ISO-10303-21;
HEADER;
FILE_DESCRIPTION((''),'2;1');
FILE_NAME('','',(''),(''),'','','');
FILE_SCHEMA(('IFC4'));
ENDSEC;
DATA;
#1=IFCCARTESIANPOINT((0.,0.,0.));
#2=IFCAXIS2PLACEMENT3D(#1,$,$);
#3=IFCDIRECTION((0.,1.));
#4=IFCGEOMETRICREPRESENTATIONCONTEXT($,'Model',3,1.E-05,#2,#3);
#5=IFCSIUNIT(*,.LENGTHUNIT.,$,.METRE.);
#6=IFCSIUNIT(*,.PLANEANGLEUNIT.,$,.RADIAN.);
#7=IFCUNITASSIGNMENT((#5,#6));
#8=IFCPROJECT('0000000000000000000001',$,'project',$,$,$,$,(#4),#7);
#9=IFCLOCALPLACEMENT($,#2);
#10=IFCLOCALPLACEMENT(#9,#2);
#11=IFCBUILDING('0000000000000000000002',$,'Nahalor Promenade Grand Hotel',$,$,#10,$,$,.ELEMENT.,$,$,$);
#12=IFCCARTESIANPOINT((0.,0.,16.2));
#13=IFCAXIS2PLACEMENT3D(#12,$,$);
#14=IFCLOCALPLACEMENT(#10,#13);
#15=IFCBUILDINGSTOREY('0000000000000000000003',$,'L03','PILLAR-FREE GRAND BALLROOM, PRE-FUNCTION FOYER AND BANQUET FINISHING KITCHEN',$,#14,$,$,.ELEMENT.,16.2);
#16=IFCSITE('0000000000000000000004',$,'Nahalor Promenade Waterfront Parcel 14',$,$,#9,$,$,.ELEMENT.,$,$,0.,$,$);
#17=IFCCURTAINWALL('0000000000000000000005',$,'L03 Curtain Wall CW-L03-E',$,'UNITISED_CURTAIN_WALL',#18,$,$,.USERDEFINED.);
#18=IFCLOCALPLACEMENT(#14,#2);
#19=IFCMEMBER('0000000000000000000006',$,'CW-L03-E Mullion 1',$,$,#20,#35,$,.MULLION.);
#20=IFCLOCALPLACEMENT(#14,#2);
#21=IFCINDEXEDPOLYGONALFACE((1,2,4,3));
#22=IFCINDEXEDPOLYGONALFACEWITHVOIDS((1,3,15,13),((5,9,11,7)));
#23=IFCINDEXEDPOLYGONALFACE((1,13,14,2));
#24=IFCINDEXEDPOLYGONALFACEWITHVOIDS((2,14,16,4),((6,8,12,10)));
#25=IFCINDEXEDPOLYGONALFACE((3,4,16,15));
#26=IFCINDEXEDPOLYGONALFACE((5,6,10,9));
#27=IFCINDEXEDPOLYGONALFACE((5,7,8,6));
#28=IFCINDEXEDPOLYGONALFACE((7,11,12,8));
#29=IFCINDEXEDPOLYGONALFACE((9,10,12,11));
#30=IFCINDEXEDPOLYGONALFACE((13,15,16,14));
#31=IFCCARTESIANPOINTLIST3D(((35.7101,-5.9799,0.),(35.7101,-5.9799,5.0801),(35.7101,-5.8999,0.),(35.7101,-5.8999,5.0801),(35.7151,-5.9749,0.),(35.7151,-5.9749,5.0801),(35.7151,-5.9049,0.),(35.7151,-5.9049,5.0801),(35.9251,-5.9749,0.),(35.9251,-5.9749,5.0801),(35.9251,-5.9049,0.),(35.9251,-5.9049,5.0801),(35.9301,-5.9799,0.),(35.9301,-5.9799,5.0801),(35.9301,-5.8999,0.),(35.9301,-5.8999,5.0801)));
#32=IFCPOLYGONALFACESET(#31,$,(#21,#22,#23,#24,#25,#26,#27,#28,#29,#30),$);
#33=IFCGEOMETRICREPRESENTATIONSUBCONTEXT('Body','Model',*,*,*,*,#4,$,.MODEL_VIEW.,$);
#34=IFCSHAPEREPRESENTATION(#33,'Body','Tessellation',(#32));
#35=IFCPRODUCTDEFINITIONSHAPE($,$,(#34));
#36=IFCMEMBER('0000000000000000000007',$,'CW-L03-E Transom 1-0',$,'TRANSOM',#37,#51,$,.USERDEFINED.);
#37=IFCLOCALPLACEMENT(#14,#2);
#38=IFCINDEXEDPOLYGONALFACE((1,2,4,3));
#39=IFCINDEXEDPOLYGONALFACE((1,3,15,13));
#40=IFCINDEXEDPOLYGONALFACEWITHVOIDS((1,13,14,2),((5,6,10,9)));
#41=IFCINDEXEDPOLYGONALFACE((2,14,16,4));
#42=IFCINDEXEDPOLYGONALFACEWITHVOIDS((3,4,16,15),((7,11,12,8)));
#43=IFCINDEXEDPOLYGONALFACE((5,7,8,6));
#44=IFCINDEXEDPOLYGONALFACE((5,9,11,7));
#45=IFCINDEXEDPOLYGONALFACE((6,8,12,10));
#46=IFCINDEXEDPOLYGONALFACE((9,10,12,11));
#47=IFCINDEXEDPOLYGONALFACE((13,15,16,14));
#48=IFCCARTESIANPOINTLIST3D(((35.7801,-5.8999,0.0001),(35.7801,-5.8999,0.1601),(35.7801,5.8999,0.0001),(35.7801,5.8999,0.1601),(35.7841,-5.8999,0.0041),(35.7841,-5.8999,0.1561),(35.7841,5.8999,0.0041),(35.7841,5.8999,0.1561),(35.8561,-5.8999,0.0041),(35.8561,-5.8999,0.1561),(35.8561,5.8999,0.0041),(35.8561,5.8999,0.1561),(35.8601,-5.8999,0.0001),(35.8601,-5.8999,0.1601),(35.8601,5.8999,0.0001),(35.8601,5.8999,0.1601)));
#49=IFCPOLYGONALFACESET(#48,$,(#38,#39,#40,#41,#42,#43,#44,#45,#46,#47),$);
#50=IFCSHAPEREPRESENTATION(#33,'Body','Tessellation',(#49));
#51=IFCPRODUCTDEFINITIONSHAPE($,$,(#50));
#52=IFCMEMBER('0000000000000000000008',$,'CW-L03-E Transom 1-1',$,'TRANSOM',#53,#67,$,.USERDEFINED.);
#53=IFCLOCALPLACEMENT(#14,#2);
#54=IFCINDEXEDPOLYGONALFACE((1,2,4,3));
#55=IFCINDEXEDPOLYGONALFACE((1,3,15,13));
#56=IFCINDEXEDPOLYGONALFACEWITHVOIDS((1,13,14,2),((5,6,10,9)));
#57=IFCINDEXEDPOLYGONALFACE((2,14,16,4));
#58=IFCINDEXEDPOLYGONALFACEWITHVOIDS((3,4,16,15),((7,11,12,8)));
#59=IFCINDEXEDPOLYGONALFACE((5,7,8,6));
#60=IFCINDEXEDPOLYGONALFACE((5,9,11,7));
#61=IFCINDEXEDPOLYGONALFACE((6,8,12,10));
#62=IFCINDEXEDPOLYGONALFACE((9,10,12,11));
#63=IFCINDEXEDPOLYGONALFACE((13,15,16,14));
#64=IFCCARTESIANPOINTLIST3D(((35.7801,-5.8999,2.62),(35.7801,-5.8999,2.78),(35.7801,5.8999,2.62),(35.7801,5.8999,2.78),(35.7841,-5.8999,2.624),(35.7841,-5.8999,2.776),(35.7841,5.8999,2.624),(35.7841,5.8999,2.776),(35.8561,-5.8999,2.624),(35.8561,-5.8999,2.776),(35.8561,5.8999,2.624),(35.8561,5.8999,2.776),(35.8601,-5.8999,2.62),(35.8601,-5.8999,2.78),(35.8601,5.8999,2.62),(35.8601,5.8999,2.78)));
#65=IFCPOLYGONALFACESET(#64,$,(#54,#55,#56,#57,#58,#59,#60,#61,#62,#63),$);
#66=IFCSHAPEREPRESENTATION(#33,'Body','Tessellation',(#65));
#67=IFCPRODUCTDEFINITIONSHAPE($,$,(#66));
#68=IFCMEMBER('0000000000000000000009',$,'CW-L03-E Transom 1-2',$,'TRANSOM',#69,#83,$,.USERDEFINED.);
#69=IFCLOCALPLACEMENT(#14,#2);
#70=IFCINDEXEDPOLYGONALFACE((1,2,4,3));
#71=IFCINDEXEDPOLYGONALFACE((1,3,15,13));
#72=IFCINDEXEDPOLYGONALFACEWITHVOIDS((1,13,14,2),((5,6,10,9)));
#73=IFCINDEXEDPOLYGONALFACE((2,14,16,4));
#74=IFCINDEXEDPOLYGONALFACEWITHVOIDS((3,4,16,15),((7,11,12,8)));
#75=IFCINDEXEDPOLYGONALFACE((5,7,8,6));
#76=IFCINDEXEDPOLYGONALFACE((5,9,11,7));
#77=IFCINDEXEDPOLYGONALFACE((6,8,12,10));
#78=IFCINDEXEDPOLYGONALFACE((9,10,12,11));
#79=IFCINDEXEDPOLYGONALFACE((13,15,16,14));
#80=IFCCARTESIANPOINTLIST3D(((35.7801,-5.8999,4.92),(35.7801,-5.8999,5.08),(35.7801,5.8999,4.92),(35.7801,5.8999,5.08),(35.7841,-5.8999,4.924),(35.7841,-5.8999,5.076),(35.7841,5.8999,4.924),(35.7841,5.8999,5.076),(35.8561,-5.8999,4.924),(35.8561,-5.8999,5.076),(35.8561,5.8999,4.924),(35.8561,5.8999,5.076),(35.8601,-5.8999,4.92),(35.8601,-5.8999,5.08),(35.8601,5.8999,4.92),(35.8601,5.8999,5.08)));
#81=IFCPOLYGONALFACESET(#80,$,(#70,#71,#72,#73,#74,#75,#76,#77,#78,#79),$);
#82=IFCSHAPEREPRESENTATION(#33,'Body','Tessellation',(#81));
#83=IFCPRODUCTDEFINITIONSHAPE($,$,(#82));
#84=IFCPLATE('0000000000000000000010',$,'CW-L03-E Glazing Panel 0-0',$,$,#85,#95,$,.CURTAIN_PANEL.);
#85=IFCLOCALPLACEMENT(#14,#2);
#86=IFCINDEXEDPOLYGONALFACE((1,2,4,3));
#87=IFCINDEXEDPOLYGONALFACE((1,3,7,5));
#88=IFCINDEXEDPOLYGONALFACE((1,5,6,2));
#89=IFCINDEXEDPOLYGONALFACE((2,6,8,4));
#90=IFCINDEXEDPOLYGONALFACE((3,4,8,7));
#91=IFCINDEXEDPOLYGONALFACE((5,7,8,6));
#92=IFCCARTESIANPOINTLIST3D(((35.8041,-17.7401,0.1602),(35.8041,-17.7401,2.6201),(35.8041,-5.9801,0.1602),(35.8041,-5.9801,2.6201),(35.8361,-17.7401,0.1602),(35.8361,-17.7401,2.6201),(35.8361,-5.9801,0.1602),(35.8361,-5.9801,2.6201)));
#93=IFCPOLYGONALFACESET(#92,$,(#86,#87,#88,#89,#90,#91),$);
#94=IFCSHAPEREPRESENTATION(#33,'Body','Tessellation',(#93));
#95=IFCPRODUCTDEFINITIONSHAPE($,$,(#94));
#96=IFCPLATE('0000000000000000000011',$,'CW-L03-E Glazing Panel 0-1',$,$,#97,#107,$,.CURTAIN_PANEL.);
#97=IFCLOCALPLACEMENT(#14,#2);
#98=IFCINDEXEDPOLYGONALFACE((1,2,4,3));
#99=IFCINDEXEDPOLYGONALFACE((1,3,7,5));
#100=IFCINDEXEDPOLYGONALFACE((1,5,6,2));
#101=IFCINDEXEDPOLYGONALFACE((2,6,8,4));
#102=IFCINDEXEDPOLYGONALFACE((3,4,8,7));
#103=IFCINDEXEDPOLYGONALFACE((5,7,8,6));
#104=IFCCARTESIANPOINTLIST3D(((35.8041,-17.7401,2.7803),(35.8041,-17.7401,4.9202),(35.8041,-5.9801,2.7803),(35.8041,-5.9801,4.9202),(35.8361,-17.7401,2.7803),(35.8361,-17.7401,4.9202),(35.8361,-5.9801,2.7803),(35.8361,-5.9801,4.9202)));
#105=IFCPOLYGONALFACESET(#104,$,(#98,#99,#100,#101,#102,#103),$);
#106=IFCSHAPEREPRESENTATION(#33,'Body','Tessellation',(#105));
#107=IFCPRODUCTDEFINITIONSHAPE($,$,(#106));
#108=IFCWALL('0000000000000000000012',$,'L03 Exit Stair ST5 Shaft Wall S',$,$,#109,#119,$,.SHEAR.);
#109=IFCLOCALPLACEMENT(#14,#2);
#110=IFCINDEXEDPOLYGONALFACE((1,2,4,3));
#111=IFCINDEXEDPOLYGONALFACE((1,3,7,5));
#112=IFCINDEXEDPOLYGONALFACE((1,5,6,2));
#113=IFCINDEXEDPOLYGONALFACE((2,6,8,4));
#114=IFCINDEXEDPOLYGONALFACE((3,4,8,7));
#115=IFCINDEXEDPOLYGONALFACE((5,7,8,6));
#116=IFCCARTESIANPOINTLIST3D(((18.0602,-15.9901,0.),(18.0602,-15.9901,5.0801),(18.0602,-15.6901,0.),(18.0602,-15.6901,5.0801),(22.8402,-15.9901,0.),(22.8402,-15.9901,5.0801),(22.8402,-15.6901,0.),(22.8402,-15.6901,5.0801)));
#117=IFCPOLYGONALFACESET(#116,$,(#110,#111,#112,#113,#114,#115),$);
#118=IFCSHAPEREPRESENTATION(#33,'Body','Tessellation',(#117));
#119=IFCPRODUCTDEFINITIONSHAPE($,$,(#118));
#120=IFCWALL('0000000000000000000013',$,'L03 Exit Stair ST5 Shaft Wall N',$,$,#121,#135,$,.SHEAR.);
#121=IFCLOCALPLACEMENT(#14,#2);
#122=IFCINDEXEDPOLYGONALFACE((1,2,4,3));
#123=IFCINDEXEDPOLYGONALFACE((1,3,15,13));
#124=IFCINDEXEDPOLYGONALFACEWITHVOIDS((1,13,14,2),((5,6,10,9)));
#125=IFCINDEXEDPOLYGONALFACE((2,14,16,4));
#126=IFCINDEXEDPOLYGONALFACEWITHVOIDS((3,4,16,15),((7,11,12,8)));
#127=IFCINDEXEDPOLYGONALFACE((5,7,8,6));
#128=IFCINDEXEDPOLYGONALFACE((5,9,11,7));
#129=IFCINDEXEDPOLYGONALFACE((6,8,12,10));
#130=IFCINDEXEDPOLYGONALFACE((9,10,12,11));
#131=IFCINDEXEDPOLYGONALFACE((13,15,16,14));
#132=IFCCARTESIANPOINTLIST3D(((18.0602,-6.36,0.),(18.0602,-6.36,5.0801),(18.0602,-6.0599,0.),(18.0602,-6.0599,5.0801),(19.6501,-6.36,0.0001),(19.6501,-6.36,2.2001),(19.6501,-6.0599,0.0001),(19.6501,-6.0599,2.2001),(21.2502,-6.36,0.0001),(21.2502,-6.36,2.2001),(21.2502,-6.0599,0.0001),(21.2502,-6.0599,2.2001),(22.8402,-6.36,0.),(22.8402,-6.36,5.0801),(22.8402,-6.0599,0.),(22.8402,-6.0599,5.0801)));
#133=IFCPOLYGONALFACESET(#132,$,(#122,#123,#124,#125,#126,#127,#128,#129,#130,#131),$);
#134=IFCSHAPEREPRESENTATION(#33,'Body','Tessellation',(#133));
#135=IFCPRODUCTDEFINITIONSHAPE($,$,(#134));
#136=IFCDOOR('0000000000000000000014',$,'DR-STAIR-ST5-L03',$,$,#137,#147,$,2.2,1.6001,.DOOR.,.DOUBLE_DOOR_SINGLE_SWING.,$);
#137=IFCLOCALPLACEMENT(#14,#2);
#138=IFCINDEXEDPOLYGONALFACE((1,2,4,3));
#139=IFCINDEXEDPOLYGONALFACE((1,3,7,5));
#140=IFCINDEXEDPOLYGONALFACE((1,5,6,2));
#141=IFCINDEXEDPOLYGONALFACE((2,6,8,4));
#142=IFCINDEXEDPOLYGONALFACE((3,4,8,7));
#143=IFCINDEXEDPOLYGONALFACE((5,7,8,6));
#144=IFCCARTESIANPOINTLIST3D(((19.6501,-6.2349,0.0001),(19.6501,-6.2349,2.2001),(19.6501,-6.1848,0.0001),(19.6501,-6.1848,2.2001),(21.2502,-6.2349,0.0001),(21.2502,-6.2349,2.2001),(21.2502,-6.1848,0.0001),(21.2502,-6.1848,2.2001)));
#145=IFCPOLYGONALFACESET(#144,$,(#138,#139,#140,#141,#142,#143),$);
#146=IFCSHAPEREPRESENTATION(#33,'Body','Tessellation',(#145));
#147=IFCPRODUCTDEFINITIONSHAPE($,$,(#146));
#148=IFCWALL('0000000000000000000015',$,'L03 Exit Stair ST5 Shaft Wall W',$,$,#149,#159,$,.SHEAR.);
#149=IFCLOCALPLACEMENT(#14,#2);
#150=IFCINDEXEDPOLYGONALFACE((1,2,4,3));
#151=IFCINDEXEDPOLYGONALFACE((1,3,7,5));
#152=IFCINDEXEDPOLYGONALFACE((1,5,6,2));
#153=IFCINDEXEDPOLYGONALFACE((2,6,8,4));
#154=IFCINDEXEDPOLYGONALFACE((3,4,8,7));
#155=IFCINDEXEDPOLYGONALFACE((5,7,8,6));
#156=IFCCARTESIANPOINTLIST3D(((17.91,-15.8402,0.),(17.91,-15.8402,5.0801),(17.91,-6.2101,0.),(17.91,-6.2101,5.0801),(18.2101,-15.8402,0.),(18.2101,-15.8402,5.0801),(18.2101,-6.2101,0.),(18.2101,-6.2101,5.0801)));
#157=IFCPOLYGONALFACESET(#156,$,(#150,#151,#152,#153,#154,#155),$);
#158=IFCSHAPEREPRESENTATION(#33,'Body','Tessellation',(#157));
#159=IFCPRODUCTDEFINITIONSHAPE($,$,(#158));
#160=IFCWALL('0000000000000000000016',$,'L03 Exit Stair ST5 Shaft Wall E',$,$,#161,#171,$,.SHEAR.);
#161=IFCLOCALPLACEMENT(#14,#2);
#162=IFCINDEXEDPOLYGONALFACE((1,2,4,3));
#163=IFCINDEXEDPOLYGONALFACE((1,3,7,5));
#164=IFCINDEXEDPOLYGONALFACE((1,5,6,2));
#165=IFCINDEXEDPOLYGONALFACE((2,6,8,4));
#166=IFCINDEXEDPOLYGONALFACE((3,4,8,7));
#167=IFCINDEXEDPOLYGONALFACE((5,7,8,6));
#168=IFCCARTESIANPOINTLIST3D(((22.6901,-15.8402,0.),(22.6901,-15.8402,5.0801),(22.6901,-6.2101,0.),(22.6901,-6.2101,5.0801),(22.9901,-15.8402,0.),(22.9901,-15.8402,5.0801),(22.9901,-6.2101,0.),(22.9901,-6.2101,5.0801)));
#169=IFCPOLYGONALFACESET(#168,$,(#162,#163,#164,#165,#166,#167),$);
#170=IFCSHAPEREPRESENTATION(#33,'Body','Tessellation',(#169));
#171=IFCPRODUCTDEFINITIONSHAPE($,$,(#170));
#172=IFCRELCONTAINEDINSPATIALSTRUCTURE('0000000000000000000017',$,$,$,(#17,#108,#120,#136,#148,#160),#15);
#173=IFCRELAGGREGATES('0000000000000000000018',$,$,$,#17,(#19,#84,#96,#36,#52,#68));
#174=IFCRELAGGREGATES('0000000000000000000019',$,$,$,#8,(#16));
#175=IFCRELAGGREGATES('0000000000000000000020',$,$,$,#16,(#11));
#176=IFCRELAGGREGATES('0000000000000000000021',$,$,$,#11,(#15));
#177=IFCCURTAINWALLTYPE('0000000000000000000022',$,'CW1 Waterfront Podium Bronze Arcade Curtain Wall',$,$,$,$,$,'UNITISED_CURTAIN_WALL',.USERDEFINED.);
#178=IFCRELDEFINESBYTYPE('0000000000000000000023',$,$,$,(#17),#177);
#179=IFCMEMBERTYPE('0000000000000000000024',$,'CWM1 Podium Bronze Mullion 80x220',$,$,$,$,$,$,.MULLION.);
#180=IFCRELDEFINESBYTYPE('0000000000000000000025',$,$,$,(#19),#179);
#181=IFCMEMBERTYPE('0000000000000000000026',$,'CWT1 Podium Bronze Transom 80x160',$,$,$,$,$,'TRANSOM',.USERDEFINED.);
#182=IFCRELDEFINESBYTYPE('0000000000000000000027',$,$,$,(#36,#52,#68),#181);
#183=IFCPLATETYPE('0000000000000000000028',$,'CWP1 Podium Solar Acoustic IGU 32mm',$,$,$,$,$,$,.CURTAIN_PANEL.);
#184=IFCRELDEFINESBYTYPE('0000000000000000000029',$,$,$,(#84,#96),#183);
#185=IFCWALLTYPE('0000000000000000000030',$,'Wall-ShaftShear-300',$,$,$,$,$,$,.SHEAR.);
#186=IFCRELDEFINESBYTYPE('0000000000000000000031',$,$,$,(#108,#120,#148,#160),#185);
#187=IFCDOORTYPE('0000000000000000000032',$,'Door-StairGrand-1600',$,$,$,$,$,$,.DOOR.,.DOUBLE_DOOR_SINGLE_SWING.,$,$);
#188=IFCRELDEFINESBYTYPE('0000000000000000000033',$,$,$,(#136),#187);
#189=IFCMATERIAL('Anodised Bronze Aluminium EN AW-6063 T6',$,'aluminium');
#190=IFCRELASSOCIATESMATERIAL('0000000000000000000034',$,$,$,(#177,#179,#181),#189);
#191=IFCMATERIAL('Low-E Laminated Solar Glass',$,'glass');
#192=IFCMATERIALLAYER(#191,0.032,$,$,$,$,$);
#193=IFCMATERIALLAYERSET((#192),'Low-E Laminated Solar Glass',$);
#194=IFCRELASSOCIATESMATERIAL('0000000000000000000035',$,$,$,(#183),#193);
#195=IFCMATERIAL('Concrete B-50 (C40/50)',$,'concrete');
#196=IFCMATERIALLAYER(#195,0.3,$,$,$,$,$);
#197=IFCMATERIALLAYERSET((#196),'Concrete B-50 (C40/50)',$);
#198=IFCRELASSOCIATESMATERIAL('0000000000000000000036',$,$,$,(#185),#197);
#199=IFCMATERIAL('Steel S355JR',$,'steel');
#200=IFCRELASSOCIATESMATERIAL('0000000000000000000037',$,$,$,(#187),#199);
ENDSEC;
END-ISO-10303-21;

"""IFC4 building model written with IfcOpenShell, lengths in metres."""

from ifc_helpers import new_model, si_unit, direction, frame, frame_2d, origin, origin_2d, place, context, subcontext, project, spatial, rectangle, hollow_rectangle, extrude, source, transform, mapped, material, layer, layer_set, material_profile, profile_set, type_object, element, fill, aggregate, save


model = new_model("IFC4")

# Units and contexts
model_context = context("Model", 3, precision=1e-05, world=origin(), true_north=direction((0.0, 1.0)))
body_context = subcontext(model_context, "Body", "Model", "MODEL_VIEW")
ifc_project = project(units=[si_unit("LENGTHUNIT", "METRE"), si_unit("PLANEANGLEUNIT", "RADIAN")], contexts=[model_context])

# Site, building, storey
site_placement = place(None, origin())
site = spatial("IfcSite", under=ifc_project, at=site_placement, Name="Nahalor Promenade Waterfront Parcel 14", CompositionType="ELEMENT", RefElevation=0.0)
building_placement = place(site_placement, origin())
building = spatial("IfcBuilding", under=site, at=building_placement, Name="Nahalor Promenade Grand Hotel", CompositionType="ELEMENT")
storey_placement = place(building_placement, frame((0.0, 0.0, 16.2)))
storey = spatial("IfcBuildingStorey", under=building, at=storey_placement, Name="L03", Description="PILLAR-FREE GRAND BALLROOM, PRE-FUNCTION FOYER AND BANQUET FINISHING KITCHEN", CompositionType="ELEMENT", Elevation=16.2)

# Shared definitions
ifc_material_1 = material(Name="Steel S355JR", Category="steel")

# Curtain wall, members, plates
ifc_material_2 = material(Name="Anodised Bronze Aluminium EN AW-6063 T6", Category="aluminium")
curtain_wall_type = type_object("IfcCurtainWallType", Name="CW1 Waterfront Podium Bronze Arcade Curtain Wall", ElementType="UNITISED_CURTAIN_WALL", PredefinedType="USERDEFINED", material=ifc_material_2)
curtain_wall_placement = place(storey_placement, origin())
curtain_wall = element("IfcCurtainWall", 1, at=curtain_wall_placement, inside=storey, type_object=curtain_wall_type, Name="L03 Curtain Wall CW-L03-E", ObjectType="UNITISED_CURTAIN_WALL", PredefinedType="USERDEFINED")
ifc_material_profile_1 = material_profile(ifc_material_2, hollow_rectangle(XDim=0.08, YDim=0.22, WallThickness=0.005, at=origin_2d()), Name="CWM 80x220x5")
ifc_profile_set_1 = profile_set([ifc_material_profile_1], Name="Anodised Bronze Aluminium EN AW-6063 T6")
member_type_1 = type_object("IfcMemberType", Name="CWM1 Podium Bronze Mullion 80x220", PredefinedType="MULLION", material=ifc_profile_set_1)
shared_shape_1 = source(origin(), body_context, "Body", "SweptSolid", [
    extrude(hollow_rectangle(XDim=0.08, YDim=0.22, WallThickness=0.005, at=origin_2d()), origin(), (0.0, 0.0, 1.0), 5.0801),
])
member_1_placement = place(storey_placement, frame((35.8201, -5.9399, 0.0), z_axis=(0.0, 0.0, 1.0), x_axis=(0.0, 1.0, 0.0)))
member_1 = element("IfcMember", 2, at=member_1_placement, type_object=member_type_1, Name="CW-L03-E Mullion 1", PredefinedType="MULLION", context=body_context, shape_type="MappedRepresentation", body=[
    mapped(shared_shape_1, transform((0.0, 0.0, 0.0), scale=1.0)),
])
ifc_material_profile_2 = material_profile(ifc_material_2, hollow_rectangle(XDim=0.08, YDim=0.16, WallThickness=0.004, at=origin_2d()), Name="CWT 80x160x4")
ifc_profile_set_2 = profile_set([ifc_material_profile_2], Name="Anodised Bronze Aluminium EN AW-6063 T6")
member_type_2 = type_object("IfcMemberType", Name="CWT1 Podium Bronze Transom 80x160", ElementType="TRANSOM", PredefinedType="USERDEFINED", material=ifc_profile_set_2)
shared_shape_2 = source(origin(), body_context, "Body", "SweptSolid", [
    extrude(hollow_rectangle(XDim=0.08, YDim=0.16, WallThickness=0.004, at=origin_2d()), origin(), (0.0, 0.0, 1.0), 11.7998),
])
member_2_placement = place(storey_placement, frame((35.8201, -5.8999, 0.0801), z_axis=(0.0, 1.0, 0.0), x_axis=(-1.0, 0.0, 0.0)))
member_2 = element("IfcMember", 3, at=member_2_placement, type_object=member_type_2, Name="CW-L03-E Transom 1-0", ObjectType="TRANSOM", PredefinedType="USERDEFINED", context=body_context, shape_type="MappedRepresentation", body=[
    mapped(shared_shape_2, transform((0.0, 0.0, 0.0), scale=1.0)),
])
member_3_placement = place(storey_placement, frame((35.8201, -5.8999, 2.7), z_axis=(0.0, 1.0, 0.0), x_axis=(-1.0, 0.0, 0.0)))
member_3 = element("IfcMember", 4, at=member_3_placement, type_object=member_type_2, Name="CW-L03-E Transom 1-1", ObjectType="TRANSOM", PredefinedType="USERDEFINED", context=body_context, shape_type="MappedRepresentation", body=[
    mapped(shared_shape_2, transform((0.0, 0.0, 0.0), scale=1.0)),
])
member_4_placement = place(storey_placement, frame((35.8201, -5.8999, 5.0), z_axis=(0.0, 1.0, 0.0), x_axis=(-1.0, 0.0, 0.0)))
member_4 = element("IfcMember", 5, at=member_4_placement, type_object=member_type_2, Name="CW-L03-E Transom 1-2", ObjectType="TRANSOM", PredefinedType="USERDEFINED", context=body_context, shape_type="MappedRepresentation", body=[
    mapped(shared_shape_2, transform((0.0, 0.0, 0.0), scale=1.0)),
])
ifc_material_3 = material(Name="Low-E Laminated Solar Glass", Category="glass")
ifc_layer_1 = layer(ifc_material_3, 0.032)
ifc_layer_set_1 = layer_set([ifc_layer_1], Name="Low-E Laminated Solar Glass")
plate_type = type_object("IfcPlateType", Name="CWP1 Podium Solar Acoustic IGU 32mm", PredefinedType="CURTAIN_PANEL", material=ifc_layer_set_1)
shared_shape_3 = source(origin(), body_context, "Body", "SweptSolid", [
    extrude(rectangle(XDim=11.76, YDim=0.032, at=origin_2d()), origin(), (0.0, 0.0, 1.0), 2.46),
])
plate_1_placement = place(storey_placement, frame((35.8201, -11.8601, 0.1602), z_axis=(0.0, 0.0, 1.0), x_axis=(0.0, 1.0, 0.0)))
plate_1 = element("IfcPlate", 6, at=plate_1_placement, type_object=plate_type, Name="CW-L03-E Glazing Panel 0-0", PredefinedType="CURTAIN_PANEL", context=body_context, shape_type="MappedRepresentation", body=[
    mapped(shared_shape_3, transform((0.0, 0.0, 0.0), scale=1.0)),
])
shared_shape_4 = source(origin(), body_context, "Body", "SweptSolid", [
    extrude(rectangle(XDim=11.76, YDim=0.032, at=origin_2d()), origin(), (0.0, 0.0, 1.0), 2.1399),
])
plate_2_placement = place(storey_placement, frame((35.8201, -11.8601, 2.7803), z_axis=(0.0, 0.0, 1.0), x_axis=(0.0, 1.0, 0.0)))
plate_2 = element("IfcPlate", 7, at=plate_2_placement, type_object=plate_type, Name="CW-L03-E Glazing Panel 0-1", PredefinedType="CURTAIN_PANEL", context=body_context, shape_type="MappedRepresentation", body=[
    mapped(shared_shape_4, transform((0.0, 0.0, 0.0), scale=1.0)),
])
aggregate(curtain_wall, [member_1, plate_1, plate_2, member_2, member_3, member_4])

# Wall
ifc_material_4 = material(Name="Concrete B-50 (C40/50)", Category="concrete")
ifc_layer_2 = layer(ifc_material_4, 0.3)
ifc_layer_set_2 = layer_set([ifc_layer_2], Name="Concrete B-50 (C40/50)")
wall_type_1 = type_object("IfcWallType", Name="Wall-ShaftShear-300", PredefinedType="SHEAR", material=ifc_layer_set_2)
shared_shape_5 = source(origin(), body_context, "Body", "SweptSolid", [
    extrude(rectangle(XDim=4.78, YDim=0.3, at=frame_2d((2.3901, 0.0))), origin(), (0.0, 0.0, 1.0), 5.0801),
])
wall_1_placement = place(storey_placement, frame((18.0601, -15.8401, 0.0), z_axis=(0.0, 0.0, 1.0), x_axis=(1.0, 0.0, 0.0)))
element("IfcWall", 8, at=wall_1_placement, inside=storey, type_object=wall_type_1, Name="L03 Exit Stair ST5 Shaft Wall S", PredefinedType="SHEAR", context=body_context, shape_type="MappedRepresentation", body=[
    mapped(shared_shape_5, transform((0.0, 0.0, 0.0), scale=1.0)),
])

# Wall, opening, door
wall_2_placement = place(storey_placement, frame((18.0601, -6.21, 0.0), z_axis=(0.0, 0.0, 1.0), x_axis=(1.0, 0.0, 0.0)))
wall_2 = element("IfcWall", 9, at=wall_2_placement, inside=storey, type_object=wall_type_1, Name="L03 Exit Stair ST5 Shaft Wall N", PredefinedType="SHEAR", context=body_context, shape_type="MappedRepresentation", body=[
    mapped(shared_shape_5, transform((0.0, 0.0, 0.0), scale=1.0)),
])
opening_1_placement = place(wall_2_placement, frame((1.5901, 0.0, 0.0)))
opening_1 = element("IfcOpeningElement", 10, at=opening_1_placement, cuts=wall_2, PredefinedType="OPENING", context=body_context, shape_type="SweptSolid", body=[
    extrude(rectangle(XDim=1.6001, YDim=2.2, at=frame_2d((0.8, 1.1001))), frame((0.0, 0.1599, 0.0), z_axis=(0.0, -1.0, 0.0), x_axis=(1.0, 0.0, 0.0)), (0.0, 0.0, 1.0), 0.3201),
])
door_type_1 = type_object("IfcDoorType", Name="Door-StairGrand-1600", OperationType="DOUBLE_DOOR_SINGLE_SWING", PredefinedType="DOOR", material=ifc_material_1)
shared_shape_6 = source(origin(), body_context, "Body", "SweptSolid", [
    extrude(rectangle(XDim=1.6001, YDim=2.2, at=frame_2d((0.8, 1.1001))), frame((0.0, 0.0249, 0.0), z_axis=(0.0, -1.0, 0.0), x_axis=(1.0, 0.0, 0.0)), (0.0, 0.0, 1.0), 0.05),
])
door_1_placement = place(opening_1_placement, frame((1.6001, 0.0, 0.0), z_axis=(0.0, 0.0, 1.0), x_axis=(-1.0, 0.0, 0.0)))
door_1 = element("IfcDoor", 11, at=door_1_placement, inside=storey, type_object=door_type_1, Name="DR-STAIR-ST5-L03", OperationType="DOUBLE_DOOR_SINGLE_SWING", OverallHeight=2.2, OverallWidth=1.6001, PredefinedType="DOOR", context=body_context, shape_type="MappedRepresentation", body=[
    mapped(shared_shape_6, transform((0.0, 0.0, 0.0), scale=1.0)),
])
fill(opening_1, door_1)

# Walls
shared_shape_7 = source(origin(), body_context, "Body", "SweptSolid", [
    extrude(rectangle(XDim=9.6301, YDim=0.3, at=frame_2d((4.8149, 0.0))), origin(), (0.0, 0.0, 1.0), 5.0801),
])
for number, where, z_axis, x_axis, name in (
    (12, (18.0601, -15.8401, 0.0), (0.0, 0.0, 1.0), (0.0, 1.0, 0.0), "L03 Exit Stair ST5 Shaft Wall W"),
    (13, (22.8401, -15.8401, 0.0), (0.0, 0.0, 1.0), (0.0, 1.0, 0.0), "L03 Exit Stair ST5 Shaft Wall E"),
):
    element("IfcWall", number, at=place(storey_placement, frame(where, z_axis=z_axis, x_axis=x_axis)), inside=storey, type_object=wall_type_1, Name=name, PredefinedType="SHEAR", context=body_context, shape_type="MappedRepresentation", body=[
        mapped(shared_shape_7, transform((0.0, 0.0, 0.0), scale=1.0)),
    ])

save(model, "model.ifc")
